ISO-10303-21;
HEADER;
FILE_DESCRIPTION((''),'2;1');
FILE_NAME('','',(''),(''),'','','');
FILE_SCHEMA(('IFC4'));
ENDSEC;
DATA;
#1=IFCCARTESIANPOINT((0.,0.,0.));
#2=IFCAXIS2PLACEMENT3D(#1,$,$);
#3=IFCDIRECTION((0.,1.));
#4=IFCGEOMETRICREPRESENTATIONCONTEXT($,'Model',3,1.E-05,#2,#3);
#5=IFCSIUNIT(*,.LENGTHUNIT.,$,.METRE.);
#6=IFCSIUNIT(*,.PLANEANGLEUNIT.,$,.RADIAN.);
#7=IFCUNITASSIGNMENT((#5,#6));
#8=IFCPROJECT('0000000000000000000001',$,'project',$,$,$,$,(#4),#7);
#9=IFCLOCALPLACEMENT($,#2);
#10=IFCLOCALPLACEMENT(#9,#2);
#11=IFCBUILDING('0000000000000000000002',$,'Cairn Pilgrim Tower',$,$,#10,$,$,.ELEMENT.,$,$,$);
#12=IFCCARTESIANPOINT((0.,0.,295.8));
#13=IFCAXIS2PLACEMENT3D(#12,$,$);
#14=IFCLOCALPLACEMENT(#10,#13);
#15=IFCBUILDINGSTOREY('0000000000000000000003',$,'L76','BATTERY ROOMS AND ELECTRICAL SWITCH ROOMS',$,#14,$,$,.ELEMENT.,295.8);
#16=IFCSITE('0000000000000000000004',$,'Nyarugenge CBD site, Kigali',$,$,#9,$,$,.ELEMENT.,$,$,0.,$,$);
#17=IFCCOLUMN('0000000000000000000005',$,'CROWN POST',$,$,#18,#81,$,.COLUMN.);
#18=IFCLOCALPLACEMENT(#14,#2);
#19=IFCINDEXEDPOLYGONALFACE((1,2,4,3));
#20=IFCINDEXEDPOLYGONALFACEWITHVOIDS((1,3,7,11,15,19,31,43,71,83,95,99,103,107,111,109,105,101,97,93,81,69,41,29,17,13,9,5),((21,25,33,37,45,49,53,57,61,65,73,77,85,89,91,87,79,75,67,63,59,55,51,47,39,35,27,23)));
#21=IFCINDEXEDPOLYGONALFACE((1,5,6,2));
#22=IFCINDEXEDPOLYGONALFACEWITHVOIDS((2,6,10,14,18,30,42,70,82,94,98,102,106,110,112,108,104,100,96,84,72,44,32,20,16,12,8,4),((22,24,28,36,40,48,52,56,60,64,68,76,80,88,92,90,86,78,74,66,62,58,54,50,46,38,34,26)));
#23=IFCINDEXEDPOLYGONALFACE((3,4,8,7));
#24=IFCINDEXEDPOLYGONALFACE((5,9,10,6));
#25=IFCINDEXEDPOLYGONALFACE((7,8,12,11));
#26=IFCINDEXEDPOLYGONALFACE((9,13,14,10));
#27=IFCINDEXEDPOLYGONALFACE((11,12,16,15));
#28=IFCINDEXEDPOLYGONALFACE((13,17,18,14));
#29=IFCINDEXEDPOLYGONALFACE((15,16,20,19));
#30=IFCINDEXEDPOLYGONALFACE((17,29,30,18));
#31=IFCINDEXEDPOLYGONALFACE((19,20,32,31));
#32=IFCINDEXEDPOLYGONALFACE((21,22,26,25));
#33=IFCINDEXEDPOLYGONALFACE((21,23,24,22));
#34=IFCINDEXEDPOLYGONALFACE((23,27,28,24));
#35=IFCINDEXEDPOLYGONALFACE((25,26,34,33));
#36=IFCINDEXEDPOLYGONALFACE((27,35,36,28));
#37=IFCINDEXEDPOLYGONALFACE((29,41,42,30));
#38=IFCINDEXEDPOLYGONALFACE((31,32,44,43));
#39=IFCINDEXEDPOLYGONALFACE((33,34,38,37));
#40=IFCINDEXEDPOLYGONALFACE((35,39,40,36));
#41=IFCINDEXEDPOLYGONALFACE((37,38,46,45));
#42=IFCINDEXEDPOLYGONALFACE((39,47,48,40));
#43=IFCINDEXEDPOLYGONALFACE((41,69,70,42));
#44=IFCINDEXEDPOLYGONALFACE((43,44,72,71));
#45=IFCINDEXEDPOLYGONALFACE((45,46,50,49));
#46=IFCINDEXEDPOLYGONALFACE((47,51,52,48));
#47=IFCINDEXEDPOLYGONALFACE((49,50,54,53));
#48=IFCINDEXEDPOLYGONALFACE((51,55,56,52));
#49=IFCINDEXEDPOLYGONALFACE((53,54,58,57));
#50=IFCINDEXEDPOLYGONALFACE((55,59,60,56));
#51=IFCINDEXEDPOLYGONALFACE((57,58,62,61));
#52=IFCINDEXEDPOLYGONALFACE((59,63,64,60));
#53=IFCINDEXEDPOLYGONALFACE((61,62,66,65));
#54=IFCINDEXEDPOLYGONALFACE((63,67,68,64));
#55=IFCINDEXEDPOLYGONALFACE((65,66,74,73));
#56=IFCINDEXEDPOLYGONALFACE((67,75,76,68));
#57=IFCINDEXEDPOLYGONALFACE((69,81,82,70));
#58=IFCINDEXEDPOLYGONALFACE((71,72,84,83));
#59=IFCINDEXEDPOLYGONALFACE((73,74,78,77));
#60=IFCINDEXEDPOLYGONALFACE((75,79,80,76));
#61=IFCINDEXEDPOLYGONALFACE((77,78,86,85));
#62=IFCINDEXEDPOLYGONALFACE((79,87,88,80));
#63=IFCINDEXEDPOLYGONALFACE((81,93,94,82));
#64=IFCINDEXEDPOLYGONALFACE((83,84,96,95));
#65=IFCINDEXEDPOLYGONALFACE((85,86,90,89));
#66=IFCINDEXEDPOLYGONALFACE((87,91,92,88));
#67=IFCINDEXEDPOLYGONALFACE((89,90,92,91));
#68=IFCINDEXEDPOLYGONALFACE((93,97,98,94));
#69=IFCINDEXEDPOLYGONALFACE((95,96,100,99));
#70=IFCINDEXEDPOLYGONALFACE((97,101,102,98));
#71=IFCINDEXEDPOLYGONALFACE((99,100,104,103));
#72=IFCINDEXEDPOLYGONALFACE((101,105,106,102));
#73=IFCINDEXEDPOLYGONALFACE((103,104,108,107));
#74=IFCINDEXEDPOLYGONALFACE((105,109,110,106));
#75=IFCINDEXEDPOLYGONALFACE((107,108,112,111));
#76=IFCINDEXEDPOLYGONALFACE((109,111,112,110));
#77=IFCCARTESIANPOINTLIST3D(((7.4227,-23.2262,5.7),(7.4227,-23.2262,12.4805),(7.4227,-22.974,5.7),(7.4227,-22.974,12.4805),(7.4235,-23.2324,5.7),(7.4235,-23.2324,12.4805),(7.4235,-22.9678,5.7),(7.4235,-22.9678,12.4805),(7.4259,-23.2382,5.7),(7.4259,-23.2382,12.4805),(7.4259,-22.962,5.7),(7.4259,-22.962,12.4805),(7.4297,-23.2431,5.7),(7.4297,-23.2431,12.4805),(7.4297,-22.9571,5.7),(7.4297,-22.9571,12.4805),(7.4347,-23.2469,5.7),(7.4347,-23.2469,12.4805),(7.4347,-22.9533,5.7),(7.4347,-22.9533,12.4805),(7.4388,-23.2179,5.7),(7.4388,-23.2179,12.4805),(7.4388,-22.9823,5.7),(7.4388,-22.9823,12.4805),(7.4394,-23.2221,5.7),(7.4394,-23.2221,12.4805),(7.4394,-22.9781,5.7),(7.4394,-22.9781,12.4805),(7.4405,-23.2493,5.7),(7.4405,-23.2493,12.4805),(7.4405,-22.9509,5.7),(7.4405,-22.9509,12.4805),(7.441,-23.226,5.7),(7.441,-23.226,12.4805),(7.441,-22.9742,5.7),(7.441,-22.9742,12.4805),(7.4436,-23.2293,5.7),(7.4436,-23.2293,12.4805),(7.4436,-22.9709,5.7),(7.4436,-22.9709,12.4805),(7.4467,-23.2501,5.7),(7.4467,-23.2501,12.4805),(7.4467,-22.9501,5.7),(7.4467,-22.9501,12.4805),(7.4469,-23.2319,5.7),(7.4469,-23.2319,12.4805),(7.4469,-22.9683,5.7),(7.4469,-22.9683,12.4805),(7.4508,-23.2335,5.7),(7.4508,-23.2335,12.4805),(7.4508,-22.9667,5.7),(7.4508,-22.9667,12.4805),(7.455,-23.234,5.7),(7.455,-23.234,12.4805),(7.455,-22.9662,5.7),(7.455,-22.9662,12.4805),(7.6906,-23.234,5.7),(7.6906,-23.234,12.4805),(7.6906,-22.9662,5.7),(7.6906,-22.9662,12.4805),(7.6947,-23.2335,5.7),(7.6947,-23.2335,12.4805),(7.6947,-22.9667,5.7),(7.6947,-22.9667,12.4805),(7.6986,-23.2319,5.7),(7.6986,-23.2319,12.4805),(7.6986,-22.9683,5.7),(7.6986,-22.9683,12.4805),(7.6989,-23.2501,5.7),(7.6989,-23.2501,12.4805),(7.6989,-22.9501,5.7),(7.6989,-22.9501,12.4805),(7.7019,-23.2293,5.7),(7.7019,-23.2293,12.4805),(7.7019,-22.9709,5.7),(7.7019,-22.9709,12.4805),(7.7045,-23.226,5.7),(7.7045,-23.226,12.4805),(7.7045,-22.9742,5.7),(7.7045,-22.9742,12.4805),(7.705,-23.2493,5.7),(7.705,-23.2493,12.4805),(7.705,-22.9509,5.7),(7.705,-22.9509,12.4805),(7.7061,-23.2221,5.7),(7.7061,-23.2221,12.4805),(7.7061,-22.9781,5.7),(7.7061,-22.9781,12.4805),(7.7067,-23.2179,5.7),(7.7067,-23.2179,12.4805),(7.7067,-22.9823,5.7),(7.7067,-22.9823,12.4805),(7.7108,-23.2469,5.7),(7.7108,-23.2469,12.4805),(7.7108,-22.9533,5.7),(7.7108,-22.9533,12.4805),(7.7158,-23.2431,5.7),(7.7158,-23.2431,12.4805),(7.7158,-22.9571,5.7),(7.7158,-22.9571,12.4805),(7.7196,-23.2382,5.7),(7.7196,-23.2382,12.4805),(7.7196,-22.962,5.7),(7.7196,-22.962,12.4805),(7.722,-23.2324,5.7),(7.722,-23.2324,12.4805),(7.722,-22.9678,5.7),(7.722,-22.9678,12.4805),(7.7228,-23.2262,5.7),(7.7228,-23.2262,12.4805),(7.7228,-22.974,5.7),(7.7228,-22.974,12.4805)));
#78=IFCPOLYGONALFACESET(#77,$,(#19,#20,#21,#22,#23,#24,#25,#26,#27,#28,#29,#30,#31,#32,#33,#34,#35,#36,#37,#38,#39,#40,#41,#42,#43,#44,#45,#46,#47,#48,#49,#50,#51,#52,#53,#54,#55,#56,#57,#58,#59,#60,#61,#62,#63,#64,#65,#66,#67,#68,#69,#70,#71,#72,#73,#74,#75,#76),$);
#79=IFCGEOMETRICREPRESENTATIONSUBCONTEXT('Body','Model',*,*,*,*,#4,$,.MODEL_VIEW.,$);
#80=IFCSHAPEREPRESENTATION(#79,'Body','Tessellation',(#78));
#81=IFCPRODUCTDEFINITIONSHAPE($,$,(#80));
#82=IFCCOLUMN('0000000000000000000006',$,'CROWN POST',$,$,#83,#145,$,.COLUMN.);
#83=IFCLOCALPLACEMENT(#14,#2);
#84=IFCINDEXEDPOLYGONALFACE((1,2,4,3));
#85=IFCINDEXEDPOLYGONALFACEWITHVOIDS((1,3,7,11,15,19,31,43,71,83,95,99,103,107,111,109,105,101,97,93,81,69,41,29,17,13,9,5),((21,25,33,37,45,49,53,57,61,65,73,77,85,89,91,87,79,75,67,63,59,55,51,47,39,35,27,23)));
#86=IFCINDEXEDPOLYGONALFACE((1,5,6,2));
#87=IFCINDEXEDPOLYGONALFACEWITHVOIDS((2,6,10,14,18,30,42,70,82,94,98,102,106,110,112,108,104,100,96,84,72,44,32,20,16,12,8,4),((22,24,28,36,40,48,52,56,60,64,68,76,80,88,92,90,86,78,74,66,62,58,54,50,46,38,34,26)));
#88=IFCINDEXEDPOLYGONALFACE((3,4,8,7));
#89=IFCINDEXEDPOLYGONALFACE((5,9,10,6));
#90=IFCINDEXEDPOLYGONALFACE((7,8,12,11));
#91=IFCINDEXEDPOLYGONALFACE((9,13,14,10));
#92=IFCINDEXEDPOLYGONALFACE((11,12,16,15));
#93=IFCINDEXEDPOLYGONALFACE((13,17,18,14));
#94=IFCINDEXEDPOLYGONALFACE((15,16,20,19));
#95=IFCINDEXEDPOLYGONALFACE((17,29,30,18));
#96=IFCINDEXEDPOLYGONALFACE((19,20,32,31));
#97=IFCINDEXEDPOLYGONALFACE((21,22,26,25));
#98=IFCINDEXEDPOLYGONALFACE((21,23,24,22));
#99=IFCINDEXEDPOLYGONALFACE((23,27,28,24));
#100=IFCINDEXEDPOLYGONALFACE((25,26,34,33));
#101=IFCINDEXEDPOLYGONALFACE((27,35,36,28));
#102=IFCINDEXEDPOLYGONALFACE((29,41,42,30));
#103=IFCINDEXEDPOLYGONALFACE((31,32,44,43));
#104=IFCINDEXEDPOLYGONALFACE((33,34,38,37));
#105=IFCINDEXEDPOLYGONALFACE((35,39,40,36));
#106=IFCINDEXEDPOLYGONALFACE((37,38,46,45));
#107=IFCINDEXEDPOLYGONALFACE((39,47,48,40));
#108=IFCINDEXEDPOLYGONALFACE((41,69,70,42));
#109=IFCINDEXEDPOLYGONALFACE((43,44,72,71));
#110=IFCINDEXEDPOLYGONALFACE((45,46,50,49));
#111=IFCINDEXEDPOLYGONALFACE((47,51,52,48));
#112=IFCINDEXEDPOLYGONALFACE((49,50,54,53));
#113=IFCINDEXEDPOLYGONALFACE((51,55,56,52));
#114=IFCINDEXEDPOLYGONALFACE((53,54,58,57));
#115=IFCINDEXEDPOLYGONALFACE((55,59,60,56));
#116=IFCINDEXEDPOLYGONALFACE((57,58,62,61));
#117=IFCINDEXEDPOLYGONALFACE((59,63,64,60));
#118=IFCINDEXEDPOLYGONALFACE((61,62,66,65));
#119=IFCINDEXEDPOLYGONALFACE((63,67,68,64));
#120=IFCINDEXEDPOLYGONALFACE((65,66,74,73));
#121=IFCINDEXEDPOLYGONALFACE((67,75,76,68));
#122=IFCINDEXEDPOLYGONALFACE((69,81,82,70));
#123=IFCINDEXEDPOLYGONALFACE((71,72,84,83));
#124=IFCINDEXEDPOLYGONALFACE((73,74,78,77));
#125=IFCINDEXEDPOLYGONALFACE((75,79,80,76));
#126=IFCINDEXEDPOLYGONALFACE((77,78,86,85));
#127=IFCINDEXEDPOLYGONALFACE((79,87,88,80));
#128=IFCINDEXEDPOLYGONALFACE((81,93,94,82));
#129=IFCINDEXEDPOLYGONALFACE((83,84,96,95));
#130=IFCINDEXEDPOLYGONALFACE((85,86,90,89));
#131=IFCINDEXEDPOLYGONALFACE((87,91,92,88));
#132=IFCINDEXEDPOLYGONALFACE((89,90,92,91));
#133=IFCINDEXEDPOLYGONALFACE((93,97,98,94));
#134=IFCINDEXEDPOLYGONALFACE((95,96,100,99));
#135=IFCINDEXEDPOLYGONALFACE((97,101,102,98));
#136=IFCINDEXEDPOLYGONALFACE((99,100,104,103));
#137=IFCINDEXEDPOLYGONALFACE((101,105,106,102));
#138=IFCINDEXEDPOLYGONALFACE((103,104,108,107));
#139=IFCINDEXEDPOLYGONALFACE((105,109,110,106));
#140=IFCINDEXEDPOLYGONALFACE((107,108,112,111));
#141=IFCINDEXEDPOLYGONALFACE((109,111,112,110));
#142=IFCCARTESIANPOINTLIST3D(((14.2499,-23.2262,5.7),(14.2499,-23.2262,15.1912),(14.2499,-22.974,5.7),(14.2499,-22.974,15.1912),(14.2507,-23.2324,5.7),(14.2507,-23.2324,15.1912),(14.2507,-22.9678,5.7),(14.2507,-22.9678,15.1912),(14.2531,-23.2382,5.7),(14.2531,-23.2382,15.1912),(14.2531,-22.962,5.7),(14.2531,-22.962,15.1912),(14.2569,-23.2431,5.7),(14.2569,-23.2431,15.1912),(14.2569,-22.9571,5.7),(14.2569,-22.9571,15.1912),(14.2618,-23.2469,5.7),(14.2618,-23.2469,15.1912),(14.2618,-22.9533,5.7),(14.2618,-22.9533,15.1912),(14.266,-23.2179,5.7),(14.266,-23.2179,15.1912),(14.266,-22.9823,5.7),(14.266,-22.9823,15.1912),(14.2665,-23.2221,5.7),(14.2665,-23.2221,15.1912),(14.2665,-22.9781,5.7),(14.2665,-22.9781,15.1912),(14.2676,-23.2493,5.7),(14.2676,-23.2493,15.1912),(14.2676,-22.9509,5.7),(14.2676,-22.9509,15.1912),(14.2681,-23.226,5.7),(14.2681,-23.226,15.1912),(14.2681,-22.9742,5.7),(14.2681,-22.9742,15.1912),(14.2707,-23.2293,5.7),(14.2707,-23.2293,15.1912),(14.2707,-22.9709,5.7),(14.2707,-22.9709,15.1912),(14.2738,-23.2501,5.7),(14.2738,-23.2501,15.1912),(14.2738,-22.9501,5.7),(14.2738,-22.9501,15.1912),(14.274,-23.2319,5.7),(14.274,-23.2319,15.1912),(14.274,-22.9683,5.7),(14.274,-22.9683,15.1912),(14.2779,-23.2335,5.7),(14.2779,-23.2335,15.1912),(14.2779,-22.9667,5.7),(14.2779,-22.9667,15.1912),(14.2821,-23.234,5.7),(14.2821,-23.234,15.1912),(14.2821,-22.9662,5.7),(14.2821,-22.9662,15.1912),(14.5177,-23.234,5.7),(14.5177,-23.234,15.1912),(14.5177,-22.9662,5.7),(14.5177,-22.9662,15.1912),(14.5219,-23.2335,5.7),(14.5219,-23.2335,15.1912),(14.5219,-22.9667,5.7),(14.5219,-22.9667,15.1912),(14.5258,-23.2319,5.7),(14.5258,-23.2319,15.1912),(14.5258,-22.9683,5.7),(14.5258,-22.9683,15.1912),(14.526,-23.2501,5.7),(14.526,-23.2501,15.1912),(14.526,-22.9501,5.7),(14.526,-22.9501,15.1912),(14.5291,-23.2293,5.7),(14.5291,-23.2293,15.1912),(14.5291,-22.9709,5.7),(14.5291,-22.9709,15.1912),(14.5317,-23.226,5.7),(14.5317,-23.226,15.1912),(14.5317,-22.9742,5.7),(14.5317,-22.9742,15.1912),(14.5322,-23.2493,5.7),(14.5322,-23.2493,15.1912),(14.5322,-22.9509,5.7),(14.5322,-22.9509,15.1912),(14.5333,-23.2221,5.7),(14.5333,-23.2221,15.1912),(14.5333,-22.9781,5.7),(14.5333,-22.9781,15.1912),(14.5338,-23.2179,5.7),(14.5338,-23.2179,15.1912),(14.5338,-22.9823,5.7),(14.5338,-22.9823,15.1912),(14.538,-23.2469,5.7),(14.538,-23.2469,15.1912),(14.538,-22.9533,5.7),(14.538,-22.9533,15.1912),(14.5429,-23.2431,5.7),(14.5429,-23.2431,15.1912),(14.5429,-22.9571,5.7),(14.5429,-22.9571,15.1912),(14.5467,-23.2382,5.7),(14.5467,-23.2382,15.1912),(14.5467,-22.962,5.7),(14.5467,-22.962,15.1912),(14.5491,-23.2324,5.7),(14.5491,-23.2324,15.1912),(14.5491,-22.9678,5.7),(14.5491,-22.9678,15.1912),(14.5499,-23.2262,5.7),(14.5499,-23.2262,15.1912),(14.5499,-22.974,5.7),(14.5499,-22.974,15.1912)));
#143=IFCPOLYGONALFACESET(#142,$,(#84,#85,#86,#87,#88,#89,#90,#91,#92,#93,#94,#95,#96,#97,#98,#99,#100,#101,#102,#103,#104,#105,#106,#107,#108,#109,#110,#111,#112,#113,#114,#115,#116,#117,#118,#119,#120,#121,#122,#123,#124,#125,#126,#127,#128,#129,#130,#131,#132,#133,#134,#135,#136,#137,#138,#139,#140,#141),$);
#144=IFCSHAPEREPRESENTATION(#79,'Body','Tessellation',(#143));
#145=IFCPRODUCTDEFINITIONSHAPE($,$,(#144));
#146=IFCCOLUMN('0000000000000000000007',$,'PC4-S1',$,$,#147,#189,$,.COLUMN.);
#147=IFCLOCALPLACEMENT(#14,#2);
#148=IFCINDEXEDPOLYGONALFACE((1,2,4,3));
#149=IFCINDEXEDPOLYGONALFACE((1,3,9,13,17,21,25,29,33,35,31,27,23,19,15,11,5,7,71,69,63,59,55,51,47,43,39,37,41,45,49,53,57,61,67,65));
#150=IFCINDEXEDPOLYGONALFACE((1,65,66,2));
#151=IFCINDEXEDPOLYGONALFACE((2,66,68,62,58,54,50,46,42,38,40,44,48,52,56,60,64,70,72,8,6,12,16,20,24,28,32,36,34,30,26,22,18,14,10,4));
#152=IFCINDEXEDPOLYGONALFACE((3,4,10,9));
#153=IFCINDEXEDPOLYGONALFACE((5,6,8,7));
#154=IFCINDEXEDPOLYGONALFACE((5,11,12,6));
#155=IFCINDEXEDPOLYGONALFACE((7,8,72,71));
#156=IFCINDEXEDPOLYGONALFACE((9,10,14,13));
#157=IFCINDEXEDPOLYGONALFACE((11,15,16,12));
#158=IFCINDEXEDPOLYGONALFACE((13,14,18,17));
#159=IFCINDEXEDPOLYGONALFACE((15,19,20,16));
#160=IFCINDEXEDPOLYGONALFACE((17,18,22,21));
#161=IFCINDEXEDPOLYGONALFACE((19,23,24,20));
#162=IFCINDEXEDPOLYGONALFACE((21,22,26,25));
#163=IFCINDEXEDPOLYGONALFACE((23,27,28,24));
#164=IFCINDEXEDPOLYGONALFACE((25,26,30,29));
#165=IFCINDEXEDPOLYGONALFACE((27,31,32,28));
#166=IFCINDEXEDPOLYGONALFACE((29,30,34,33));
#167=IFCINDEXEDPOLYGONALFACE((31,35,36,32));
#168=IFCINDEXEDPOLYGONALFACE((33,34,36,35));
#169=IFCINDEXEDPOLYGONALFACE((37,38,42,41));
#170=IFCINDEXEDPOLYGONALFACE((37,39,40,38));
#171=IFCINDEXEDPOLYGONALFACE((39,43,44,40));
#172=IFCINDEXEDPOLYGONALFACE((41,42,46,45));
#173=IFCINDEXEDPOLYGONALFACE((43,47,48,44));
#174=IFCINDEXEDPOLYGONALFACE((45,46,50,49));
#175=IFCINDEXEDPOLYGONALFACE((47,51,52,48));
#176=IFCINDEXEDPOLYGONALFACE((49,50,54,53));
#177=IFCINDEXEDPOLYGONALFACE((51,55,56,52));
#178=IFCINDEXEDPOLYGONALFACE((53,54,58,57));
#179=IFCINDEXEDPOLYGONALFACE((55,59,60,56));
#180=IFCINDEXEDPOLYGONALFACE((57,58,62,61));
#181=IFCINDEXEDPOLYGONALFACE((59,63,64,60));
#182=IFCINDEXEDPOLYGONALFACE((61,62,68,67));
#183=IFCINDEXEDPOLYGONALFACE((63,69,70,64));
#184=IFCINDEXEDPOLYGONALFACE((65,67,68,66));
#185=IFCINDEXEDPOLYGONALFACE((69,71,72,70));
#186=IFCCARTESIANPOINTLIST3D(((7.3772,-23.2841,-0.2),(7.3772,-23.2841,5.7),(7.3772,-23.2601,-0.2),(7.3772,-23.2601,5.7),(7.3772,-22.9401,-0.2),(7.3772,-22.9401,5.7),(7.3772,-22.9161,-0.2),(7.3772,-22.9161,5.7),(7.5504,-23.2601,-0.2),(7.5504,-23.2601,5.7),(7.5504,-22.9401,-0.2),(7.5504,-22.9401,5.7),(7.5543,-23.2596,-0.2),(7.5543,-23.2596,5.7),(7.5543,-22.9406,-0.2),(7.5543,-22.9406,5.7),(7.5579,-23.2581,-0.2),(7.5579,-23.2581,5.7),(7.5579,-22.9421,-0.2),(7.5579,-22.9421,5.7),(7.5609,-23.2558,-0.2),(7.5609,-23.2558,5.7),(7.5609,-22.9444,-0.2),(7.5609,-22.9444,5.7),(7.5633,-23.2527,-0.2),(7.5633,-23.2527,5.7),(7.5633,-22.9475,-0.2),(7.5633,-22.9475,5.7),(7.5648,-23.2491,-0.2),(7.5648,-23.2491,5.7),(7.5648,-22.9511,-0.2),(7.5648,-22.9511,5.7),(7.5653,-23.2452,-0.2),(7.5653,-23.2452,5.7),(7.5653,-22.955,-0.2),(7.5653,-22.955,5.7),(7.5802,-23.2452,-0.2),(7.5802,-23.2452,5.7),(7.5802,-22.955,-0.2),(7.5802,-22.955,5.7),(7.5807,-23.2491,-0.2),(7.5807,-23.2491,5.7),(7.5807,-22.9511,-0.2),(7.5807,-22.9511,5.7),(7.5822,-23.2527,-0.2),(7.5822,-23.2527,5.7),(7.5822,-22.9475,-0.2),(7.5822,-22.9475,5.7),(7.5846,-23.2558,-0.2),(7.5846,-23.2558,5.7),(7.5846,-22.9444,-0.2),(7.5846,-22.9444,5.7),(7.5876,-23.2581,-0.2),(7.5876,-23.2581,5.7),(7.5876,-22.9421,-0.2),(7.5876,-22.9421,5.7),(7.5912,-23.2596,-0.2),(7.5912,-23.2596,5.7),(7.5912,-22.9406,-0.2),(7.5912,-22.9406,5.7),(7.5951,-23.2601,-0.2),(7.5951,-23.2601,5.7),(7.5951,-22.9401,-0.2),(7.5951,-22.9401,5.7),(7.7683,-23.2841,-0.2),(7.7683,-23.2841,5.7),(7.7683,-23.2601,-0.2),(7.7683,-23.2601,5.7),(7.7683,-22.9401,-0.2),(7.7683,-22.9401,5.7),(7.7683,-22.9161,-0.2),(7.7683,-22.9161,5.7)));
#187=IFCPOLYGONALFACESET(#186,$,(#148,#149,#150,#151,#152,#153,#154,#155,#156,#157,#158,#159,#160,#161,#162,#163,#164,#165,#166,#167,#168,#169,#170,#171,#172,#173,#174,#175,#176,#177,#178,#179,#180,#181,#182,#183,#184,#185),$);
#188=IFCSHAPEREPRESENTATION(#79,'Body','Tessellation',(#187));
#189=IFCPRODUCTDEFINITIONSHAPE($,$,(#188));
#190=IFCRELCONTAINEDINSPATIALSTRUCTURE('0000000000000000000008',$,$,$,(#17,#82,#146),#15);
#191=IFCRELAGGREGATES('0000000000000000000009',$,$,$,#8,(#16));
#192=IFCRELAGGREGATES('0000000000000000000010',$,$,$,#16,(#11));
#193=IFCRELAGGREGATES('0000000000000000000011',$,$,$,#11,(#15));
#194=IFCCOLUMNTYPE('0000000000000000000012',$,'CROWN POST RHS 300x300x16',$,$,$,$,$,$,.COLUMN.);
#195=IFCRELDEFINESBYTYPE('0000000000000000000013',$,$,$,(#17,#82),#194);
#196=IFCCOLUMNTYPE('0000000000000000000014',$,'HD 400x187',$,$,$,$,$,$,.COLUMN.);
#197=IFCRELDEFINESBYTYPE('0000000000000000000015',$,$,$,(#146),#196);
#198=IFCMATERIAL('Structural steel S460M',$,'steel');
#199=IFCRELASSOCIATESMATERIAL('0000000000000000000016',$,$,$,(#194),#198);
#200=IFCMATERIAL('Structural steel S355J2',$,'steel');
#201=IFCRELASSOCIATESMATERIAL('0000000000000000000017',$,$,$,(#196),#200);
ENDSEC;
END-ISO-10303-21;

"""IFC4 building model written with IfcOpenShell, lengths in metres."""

from ifc_helpers import new_model, si_unit, direction, frame, origin, origin_2d, place, context, subcontext, project, spatial, hollow_rectangle, i_section, extrude, material, material_profile, profile_set, type_object, element, save


model = new_model("IFC4")

# Units and contexts
model_context = context("Model", 3, precision=1e-05, world=origin(), true_north=direction((0.0, 1.0)))
body_context = subcontext(model_context, "Body", "Model", "MODEL_VIEW")
ifc_project = project(units=[si_unit("LENGTHUNIT", "METRE"), si_unit("PLANEANGLEUNIT", "RADIAN")], contexts=[model_context])

# Site, building, storey
site_placement = place(None, origin())
site = spatial("IfcSite", under=ifc_project, at=site_placement, Name="Nyarugenge CBD site, Kigali", CompositionType="ELEMENT", RefElevation=0.0)
building_placement = place(site_placement, origin())
building = spatial("IfcBuilding", under=site, at=building_placement, Name="Cairn Pilgrim Tower", CompositionType="ELEMENT")
storey_placement = place(building_placement, frame((0.0, 0.0, 295.8)))
storey = spatial("IfcBuildingStorey", under=building, at=storey_placement, Name="L76", Description="BATTERY ROOMS AND ELECTRICAL SWITCH ROOMS", CompositionType="ELEMENT", Elevation=295.8)

# Columns
ifc_material_1 = material(Name="Structural steel S460M", Category="steel")
ifc_material_profile_1 = material_profile(ifc_material_1, hollow_rectangle(XDim=0.3, YDim=0.3, WallThickness=0.0161, InnerFilletRadius=0.0161, OuterFilletRadius=0.0239, at=origin_2d()), Name="SHS 300x300x16")
ifc_profile_set_1 = profile_set([ifc_material_profile_1], Name="Structural steel S460M")
column_type_1 = type_object("IfcColumnType", Name="CROWN POST RHS 300x300x16", PredefinedType="COLUMN", material=ifc_profile_set_1)
column_1_placement = place(storey_placement, frame((7.5728, -23.1001, 5.7), z_axis=(0.0, 0.0, 1.0), x_axis=(1.0, 0.0, 0.0)))
element("IfcColumn", 1, at=column_1_placement, inside=storey, type_object=column_type_1, Name="CROWN POST", PredefinedType="COLUMN", context=body_context, shape_type="SweptSolid", body=[
    extrude(hollow_rectangle(XDim=0.3, YDim=0.3, WallThickness=0.0161, InnerFilletRadius=0.0161, OuterFilletRadius=0.0239, at=origin_2d()), origin(), (0.0, 0.0, 1.0), 6.7805),
])
column_2_placement = place(storey_placement, frame((14.3999, -23.1001, 5.7), z_axis=(0.0, 0.0, 1.0), x_axis=(1.0, 0.0, 0.0)))
element("IfcColumn", 2, at=column_2_placement, inside=storey, type_object=column_type_1, Name="CROWN POST", PredefinedType="COLUMN", context=body_context, shape_type="SweptSolid", body=[
    extrude(hollow_rectangle(XDim=0.3, YDim=0.3, WallThickness=0.0161, InnerFilletRadius=0.0161, OuterFilletRadius=0.0239, at=origin_2d()), origin(), (0.0, 0.0, 1.0), 9.4912),
])
ifc_material_2 = material(Name="Structural steel S355J2", Category="steel")
ifc_material_profile_2 = material_profile(ifc_material_2, i_section(OverallWidth=0.3911, OverallDepth=0.3679, WebThickness=0.0149, FlangeThickness=0.0239, FilletRadius=0.0149, at=origin_2d()), Name="HD 400x187")
ifc_profile_set_2 = profile_set([ifc_material_profile_2], Name="Structural steel S355J2")
column_type_2 = type_object("IfcColumnType", Name="HD 400x187", PredefinedType="COLUMN", material=ifc_profile_set_2)
for number, where, z_axis, x_axis, name in (
    (3, (7.5728, -23.1001, -0.2), (0.0, 0.0, 1.0), (1.0, 0.0, 0.0), "PC4-S1"),
):
    element("IfcColumn", number, at=place(storey_placement, frame(where, z_axis=z_axis, x_axis=x_axis)), inside=storey, type_object=column_type_2, Name=name, PredefinedType="COLUMN", context=body_context, shape_type="SweptSolid", body=[
        extrude(i_section(OverallWidth=0.3911, OverallDepth=0.3679, WebThickness=0.0149, FlangeThickness=0.0239, FilletRadius=0.0149, at=origin_2d()), origin(), (0.0, 0.0, 1.0), 5.8999),
    ])

save(model, "model.ifc")
